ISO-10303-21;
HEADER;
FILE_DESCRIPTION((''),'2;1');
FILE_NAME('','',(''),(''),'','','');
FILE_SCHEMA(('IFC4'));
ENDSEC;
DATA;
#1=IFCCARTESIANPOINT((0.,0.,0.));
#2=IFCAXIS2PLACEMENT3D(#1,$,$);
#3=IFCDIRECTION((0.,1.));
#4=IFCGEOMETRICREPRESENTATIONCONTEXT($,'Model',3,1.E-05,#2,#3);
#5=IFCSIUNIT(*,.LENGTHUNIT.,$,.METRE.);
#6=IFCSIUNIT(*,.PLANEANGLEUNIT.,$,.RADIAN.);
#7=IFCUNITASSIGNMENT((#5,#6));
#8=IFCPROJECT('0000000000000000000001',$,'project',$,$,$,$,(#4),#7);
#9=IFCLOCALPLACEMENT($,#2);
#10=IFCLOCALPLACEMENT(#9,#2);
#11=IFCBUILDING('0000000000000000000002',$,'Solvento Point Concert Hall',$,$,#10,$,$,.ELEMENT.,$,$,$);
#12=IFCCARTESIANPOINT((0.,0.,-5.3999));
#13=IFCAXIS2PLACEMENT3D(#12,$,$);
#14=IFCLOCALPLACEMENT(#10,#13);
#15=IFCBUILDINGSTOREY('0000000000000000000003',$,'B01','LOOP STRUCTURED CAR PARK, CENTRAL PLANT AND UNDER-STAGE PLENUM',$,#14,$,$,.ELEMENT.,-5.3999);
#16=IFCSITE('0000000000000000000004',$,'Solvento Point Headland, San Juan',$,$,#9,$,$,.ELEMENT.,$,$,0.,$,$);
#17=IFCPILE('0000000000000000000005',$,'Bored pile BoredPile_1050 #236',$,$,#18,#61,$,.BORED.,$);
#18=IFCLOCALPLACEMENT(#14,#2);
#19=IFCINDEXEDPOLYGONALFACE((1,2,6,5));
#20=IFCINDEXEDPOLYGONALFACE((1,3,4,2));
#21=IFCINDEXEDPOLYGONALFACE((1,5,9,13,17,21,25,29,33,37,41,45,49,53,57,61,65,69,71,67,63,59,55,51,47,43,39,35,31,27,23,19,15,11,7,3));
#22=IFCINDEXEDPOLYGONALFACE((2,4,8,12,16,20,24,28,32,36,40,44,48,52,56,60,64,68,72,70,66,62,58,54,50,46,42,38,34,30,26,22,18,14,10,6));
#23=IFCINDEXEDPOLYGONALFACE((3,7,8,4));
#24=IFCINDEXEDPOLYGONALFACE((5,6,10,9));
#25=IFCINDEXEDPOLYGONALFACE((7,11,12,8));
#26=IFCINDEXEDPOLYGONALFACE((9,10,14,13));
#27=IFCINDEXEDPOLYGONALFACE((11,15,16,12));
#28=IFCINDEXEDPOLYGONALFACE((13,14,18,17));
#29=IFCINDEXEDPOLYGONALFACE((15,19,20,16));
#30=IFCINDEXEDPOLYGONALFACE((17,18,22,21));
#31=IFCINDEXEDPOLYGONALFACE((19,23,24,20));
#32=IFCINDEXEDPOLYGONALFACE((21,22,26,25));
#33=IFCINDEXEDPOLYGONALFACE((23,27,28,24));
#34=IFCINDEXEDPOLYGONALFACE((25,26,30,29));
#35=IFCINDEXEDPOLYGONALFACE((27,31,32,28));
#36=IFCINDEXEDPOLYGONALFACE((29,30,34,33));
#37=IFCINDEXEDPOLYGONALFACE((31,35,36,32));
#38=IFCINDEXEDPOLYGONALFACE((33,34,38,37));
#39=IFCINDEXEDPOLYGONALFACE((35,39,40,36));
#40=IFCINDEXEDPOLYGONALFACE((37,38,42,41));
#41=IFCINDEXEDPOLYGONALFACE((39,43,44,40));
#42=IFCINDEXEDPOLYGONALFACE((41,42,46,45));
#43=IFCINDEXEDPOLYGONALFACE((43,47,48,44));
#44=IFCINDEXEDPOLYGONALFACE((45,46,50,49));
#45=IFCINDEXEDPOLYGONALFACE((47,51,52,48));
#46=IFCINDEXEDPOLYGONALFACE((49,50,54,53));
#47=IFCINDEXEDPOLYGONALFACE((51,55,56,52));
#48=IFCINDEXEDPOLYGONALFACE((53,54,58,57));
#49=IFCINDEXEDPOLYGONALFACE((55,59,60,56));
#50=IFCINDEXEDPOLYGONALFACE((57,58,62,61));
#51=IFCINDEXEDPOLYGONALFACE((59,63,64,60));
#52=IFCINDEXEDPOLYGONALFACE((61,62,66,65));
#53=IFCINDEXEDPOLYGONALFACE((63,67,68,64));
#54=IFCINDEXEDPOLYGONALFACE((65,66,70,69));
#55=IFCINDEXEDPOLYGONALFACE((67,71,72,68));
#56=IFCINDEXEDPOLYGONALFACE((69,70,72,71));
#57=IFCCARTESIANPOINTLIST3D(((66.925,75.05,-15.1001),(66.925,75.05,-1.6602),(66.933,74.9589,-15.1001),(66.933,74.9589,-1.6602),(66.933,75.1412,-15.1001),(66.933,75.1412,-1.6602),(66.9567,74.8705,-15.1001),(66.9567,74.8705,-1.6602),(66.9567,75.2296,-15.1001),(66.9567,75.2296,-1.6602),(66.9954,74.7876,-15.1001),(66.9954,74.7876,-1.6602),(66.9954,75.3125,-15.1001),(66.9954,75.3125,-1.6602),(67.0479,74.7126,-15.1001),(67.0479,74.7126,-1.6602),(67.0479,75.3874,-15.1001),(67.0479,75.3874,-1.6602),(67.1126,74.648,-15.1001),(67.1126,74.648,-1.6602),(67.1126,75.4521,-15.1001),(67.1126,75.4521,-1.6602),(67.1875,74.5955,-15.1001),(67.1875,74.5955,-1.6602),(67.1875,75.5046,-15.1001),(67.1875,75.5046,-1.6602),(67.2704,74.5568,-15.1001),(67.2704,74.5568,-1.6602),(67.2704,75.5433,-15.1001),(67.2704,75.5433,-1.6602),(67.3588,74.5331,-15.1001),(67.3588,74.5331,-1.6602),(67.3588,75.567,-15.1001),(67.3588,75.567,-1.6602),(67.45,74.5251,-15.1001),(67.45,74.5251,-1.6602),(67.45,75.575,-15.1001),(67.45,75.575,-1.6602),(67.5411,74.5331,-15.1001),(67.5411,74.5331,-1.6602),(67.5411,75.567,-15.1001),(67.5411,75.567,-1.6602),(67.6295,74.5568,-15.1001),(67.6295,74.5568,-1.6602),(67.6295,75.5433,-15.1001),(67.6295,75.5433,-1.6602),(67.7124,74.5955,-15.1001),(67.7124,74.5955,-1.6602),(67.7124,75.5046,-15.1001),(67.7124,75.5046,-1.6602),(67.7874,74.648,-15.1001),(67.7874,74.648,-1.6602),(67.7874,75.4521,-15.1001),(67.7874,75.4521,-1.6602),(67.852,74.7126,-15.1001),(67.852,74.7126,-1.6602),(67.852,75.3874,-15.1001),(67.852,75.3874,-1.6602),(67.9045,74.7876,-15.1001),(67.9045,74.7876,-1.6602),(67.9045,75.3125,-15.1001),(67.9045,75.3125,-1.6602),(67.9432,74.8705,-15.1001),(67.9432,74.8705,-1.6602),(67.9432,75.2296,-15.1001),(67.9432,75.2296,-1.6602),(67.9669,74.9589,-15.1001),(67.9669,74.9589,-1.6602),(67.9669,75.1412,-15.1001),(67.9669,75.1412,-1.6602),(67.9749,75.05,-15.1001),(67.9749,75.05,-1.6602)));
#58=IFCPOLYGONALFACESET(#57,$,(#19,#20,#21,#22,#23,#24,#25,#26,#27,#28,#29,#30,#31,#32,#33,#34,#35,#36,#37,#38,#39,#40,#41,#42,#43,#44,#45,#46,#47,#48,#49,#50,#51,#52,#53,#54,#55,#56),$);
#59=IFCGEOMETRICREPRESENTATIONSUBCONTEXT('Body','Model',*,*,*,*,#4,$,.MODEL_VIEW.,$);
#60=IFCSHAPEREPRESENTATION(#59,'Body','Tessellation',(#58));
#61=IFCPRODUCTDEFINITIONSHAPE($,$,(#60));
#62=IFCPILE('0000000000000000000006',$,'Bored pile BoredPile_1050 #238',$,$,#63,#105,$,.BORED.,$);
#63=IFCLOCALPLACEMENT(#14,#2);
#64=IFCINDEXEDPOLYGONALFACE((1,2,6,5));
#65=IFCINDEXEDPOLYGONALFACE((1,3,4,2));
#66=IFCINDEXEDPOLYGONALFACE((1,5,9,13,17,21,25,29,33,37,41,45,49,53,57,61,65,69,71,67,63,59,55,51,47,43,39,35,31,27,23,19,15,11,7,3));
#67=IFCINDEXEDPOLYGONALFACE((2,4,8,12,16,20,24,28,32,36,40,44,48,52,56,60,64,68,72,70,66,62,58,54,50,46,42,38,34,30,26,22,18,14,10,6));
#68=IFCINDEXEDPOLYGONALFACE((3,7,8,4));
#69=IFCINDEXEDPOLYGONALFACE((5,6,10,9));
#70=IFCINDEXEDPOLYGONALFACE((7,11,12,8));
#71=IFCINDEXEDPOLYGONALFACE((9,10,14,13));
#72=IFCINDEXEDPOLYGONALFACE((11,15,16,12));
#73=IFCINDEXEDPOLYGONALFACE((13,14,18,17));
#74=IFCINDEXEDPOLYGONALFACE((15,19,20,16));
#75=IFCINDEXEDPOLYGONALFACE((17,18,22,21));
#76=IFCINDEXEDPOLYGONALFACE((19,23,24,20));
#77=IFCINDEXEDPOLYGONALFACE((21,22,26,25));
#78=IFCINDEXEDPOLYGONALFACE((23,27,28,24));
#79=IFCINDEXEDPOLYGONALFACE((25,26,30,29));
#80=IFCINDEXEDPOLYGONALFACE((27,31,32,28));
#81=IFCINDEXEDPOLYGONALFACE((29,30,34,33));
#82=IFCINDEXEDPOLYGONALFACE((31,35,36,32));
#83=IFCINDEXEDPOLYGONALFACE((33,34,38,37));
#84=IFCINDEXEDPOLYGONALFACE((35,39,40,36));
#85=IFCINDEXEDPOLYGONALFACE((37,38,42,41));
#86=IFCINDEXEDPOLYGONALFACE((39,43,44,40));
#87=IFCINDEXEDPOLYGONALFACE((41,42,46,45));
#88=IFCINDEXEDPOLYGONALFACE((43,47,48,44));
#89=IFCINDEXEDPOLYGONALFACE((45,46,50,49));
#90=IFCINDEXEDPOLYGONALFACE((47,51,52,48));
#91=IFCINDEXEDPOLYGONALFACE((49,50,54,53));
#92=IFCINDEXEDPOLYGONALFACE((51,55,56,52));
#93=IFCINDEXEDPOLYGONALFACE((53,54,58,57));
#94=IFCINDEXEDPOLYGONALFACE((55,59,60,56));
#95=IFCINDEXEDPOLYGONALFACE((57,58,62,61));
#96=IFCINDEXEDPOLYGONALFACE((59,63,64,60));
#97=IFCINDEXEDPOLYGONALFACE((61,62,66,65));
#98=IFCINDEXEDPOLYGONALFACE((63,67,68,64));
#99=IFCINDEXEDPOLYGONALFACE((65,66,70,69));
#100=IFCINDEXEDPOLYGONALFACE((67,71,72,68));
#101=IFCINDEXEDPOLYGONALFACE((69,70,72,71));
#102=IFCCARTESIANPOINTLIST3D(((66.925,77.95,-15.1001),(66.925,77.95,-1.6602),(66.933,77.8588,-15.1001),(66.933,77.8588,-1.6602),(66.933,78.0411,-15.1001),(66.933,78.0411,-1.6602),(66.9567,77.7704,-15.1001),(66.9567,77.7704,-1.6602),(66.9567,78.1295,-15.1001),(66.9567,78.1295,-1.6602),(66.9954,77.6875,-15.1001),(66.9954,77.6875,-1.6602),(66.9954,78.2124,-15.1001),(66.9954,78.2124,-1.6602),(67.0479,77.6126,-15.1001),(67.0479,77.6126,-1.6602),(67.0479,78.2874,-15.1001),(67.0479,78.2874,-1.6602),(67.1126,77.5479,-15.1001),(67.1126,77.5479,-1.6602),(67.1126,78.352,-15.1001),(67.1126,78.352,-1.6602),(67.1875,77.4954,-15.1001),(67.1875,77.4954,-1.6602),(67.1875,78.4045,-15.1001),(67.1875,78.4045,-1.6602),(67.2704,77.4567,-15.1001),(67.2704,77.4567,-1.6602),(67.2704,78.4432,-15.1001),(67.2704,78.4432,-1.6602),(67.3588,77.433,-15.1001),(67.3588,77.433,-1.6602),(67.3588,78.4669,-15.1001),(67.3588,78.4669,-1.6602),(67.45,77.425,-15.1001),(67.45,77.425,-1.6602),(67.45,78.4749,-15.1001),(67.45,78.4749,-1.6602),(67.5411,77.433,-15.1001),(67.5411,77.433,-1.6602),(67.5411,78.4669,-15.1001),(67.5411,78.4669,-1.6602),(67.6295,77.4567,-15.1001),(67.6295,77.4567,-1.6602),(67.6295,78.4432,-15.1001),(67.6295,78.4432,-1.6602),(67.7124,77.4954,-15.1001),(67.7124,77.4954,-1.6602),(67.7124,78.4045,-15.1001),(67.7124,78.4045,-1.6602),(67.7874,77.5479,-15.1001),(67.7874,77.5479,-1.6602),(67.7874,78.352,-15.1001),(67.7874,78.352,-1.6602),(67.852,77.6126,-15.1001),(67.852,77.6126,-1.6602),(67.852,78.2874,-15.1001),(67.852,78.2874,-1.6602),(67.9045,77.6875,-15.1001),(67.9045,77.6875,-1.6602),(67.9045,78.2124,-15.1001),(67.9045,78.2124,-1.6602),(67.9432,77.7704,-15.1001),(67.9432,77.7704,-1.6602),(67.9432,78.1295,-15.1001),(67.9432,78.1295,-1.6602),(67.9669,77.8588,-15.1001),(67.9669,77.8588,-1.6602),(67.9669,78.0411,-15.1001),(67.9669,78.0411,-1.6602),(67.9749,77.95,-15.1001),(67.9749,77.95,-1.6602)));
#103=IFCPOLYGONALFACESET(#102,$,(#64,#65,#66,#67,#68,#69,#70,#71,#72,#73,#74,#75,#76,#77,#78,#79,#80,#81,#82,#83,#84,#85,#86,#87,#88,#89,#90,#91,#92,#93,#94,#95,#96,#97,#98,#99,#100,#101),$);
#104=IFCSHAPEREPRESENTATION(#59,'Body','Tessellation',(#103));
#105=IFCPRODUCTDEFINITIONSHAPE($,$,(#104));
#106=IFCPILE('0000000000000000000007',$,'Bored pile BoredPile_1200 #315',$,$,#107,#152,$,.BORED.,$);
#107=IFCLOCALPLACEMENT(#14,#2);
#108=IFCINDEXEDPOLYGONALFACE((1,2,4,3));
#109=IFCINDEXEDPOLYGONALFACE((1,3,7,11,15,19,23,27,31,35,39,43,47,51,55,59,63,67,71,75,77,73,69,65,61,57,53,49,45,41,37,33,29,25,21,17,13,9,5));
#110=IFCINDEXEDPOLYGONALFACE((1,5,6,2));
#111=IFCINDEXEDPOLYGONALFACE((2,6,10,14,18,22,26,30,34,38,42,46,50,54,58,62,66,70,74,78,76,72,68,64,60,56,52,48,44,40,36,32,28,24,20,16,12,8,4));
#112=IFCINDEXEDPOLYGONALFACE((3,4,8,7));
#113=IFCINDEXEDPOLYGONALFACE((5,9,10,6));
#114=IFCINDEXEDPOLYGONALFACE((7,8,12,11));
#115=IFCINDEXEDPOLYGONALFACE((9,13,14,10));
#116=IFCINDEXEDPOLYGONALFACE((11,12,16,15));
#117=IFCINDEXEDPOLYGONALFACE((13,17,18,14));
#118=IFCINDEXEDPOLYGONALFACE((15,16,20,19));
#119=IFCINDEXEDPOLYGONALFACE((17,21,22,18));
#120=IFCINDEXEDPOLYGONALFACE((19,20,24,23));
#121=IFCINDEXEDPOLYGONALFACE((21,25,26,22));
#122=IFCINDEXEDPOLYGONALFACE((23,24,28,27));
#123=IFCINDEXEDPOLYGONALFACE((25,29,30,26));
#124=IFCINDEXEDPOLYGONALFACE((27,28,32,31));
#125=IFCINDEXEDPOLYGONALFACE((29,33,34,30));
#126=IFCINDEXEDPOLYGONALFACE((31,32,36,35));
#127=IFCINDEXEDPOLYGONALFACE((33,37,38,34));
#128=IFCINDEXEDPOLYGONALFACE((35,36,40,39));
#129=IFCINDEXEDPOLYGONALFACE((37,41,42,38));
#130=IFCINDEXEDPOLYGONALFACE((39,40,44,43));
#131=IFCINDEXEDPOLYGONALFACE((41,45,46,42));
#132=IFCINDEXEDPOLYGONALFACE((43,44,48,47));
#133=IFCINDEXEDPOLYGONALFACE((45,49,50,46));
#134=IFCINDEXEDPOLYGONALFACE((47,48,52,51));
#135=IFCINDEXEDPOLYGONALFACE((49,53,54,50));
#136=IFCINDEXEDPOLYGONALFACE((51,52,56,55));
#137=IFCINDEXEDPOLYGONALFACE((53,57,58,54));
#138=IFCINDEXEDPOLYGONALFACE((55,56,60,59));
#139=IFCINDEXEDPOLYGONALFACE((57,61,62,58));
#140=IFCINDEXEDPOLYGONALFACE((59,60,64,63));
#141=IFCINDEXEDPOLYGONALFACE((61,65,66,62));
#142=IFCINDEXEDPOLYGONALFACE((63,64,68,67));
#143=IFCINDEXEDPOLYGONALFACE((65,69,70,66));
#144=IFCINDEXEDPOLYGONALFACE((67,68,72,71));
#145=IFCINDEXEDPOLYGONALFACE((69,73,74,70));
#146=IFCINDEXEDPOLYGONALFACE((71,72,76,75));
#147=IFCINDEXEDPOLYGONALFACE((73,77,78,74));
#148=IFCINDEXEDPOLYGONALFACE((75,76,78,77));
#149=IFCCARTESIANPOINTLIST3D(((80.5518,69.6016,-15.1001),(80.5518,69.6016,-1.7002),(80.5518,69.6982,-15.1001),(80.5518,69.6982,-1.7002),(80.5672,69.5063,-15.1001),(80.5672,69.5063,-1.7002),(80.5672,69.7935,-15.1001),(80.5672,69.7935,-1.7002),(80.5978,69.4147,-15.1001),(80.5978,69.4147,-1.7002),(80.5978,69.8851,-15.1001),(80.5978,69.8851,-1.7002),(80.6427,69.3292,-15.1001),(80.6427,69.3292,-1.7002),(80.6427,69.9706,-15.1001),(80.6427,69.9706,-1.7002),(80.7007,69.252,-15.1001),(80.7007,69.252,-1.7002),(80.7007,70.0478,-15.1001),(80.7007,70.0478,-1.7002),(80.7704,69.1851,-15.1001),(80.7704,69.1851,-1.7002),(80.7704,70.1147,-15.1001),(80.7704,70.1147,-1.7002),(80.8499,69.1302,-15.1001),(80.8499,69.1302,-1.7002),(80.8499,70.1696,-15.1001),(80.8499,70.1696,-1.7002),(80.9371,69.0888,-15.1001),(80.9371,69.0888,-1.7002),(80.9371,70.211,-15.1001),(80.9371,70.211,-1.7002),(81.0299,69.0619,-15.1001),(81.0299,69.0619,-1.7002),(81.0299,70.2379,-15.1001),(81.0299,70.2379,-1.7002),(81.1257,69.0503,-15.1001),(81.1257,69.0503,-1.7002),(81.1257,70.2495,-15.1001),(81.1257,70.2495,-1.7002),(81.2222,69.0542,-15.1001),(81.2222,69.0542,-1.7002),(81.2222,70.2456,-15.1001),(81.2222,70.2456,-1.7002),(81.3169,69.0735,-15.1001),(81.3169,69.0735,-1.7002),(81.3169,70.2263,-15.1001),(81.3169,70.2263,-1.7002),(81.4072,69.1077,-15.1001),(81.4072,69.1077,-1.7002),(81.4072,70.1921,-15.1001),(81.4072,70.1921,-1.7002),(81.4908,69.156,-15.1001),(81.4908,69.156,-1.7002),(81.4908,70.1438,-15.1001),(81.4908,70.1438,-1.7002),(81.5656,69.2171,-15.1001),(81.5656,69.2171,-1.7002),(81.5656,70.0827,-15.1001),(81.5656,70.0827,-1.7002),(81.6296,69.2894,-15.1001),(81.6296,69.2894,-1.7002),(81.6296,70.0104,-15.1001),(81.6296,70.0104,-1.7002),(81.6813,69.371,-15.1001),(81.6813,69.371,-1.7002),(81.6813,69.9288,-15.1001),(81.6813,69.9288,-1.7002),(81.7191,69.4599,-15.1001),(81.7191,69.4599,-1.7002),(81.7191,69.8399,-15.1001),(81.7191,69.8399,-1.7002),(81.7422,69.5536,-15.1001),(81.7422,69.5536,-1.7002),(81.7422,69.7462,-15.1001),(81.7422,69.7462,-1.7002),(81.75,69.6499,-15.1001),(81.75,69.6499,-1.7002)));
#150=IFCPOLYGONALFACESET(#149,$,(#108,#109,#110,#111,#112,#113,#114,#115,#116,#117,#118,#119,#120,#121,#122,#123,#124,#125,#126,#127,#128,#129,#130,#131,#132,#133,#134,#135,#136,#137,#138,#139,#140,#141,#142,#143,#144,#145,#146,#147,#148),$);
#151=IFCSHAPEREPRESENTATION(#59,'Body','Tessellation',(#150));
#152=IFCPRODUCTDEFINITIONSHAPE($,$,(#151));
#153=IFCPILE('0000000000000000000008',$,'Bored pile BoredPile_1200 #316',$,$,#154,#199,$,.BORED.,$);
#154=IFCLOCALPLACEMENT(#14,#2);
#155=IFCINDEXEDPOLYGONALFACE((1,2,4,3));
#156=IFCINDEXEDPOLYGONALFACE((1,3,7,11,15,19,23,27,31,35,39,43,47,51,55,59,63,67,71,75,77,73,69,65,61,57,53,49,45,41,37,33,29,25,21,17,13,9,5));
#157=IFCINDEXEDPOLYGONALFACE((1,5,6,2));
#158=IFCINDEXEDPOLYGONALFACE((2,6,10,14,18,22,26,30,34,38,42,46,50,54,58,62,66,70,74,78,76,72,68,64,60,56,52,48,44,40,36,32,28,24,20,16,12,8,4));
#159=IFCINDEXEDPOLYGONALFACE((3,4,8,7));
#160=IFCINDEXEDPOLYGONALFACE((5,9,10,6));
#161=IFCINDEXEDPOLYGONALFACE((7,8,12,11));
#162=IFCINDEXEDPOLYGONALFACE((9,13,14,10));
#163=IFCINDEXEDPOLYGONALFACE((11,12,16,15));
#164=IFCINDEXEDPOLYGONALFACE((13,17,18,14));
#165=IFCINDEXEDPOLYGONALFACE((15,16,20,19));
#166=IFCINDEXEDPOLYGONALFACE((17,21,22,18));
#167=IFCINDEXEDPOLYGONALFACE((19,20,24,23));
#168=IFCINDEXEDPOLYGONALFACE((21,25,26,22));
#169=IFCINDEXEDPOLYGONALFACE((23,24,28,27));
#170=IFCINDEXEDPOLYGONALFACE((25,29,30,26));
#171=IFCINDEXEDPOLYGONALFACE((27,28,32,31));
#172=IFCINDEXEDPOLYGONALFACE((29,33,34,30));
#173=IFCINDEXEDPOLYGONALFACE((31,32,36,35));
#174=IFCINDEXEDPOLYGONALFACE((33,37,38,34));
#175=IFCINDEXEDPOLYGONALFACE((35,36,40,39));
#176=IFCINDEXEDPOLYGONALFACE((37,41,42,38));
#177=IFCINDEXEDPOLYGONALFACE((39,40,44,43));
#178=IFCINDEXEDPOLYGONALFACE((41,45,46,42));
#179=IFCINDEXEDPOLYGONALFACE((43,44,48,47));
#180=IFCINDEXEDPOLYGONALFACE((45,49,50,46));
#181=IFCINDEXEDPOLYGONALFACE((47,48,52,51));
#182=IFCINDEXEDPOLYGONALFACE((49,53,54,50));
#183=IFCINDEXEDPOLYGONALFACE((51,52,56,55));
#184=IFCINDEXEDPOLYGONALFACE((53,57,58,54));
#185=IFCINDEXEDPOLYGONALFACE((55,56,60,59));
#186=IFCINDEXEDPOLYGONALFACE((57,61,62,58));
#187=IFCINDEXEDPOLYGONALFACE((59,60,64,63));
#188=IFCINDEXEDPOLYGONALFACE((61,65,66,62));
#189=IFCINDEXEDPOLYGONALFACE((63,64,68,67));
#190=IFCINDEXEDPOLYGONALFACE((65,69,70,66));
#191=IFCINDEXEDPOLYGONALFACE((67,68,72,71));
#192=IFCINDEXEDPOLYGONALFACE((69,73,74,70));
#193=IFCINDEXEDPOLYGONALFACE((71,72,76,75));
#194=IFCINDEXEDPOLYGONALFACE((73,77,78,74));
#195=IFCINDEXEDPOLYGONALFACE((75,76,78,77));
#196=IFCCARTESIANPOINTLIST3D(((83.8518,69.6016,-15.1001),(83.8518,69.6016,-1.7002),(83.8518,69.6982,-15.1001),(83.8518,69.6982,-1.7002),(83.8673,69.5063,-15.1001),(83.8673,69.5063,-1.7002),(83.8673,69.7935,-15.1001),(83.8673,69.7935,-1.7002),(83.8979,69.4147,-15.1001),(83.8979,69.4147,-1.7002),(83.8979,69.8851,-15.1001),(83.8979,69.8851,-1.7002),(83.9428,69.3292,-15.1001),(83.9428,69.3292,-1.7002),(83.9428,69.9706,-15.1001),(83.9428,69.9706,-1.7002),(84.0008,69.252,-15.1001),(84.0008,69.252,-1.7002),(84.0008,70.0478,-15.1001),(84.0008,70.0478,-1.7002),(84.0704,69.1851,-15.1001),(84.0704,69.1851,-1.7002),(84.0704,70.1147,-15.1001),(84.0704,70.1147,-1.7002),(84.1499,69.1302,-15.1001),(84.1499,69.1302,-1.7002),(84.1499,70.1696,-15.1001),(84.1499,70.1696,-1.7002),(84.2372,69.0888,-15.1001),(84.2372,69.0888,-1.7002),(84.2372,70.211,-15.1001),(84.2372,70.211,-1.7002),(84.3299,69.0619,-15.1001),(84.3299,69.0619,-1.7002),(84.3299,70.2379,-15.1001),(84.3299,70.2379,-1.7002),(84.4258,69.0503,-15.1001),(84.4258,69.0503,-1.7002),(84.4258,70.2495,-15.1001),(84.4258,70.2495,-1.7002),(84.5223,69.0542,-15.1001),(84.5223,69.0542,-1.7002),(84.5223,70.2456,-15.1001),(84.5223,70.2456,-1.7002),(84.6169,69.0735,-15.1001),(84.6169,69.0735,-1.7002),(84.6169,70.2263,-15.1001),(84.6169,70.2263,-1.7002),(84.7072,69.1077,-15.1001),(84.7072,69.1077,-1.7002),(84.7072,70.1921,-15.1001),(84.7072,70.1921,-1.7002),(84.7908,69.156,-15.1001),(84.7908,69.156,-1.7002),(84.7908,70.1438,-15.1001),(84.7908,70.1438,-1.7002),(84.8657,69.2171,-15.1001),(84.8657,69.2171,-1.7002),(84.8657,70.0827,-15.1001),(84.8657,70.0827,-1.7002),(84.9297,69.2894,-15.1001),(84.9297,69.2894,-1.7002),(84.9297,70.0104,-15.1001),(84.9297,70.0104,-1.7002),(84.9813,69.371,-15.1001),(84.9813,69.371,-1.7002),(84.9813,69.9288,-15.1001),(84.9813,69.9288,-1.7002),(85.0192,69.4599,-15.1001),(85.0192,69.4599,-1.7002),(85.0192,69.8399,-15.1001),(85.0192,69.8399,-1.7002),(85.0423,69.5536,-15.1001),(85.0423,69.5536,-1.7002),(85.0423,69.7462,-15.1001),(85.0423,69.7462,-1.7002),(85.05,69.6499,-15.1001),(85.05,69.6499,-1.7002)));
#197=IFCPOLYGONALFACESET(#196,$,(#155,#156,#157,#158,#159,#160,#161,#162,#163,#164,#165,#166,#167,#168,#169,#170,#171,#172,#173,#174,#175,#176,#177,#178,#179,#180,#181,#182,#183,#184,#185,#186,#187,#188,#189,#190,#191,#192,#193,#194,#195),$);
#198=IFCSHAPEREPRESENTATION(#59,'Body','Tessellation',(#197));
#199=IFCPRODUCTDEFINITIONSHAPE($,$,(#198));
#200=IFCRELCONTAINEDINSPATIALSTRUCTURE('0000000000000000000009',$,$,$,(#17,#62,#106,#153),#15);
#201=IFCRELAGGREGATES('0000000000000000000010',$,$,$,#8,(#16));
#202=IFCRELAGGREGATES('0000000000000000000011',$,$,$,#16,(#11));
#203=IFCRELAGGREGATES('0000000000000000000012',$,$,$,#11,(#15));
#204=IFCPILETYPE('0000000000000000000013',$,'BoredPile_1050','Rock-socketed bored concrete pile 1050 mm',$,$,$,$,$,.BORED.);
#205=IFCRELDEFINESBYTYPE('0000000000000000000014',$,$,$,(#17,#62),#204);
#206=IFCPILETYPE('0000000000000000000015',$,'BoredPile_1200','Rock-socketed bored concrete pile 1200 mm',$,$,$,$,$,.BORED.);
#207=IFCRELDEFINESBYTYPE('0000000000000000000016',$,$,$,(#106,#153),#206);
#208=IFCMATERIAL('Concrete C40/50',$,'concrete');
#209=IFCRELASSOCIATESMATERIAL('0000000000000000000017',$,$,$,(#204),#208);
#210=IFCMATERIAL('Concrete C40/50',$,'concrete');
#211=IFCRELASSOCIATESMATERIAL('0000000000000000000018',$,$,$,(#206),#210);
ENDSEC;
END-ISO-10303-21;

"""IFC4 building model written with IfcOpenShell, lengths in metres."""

from ifc_helpers import new_model, si_unit, direction, frame, origin, origin_2d, place, context, subcontext, project, spatial, circle, extrude, material, material_profile, profile_set, type_object, element, save


model = new_model("IFC4")

# Units and contexts
model_context = context("Model", 3, precision=1e-05, world=origin(), true_north=direction((0.0, 1.0)))
body_context = subcontext(model_context, "Body", "Model", "MODEL_VIEW")
ifc_project = project(units=[si_unit("LENGTHUNIT", "METRE"), si_unit("PLANEANGLEUNIT", "RADIAN")], contexts=[model_context])

# Site, building, storey
site_placement = place(None, origin())
site = spatial("IfcSite", under=ifc_project, at=site_placement, Name="Solvento Point Headland, San Juan", CompositionType="ELEMENT", RefElevation=0.0)
building_placement = place(site_placement, origin())
building = spatial("IfcBuilding", under=site, at=building_placement, Name="Solvento Point Concert Hall", CompositionType="ELEMENT")
storey_placement = place(building_placement, frame((0.0, 0.0, -5.3999)))
storey = spatial("IfcBuildingStorey", under=building, at=storey_placement, Name="B01", Description="LOOP STRUCTURED CAR PARK, CENTRAL PLANT AND UNDER-STAGE PLENUM", CompositionType="ELEMENT", Elevation=-5.3999)

# Piles
ifc_material_1 = material(Name="Concrete C40/50", Category="concrete")
ifc_material_profile_1 = material_profile(ifc_material_1, circle(Radius=0.5249, at=origin_2d()), Name="BP-1050")
ifc_profile_set_1 = profile_set([ifc_material_profile_1], Name="Concrete C40/50")
pile_type_1 = type_object("IfcPileType", Name="BoredPile_1050", Description="Rock-socketed bored concrete pile 1050 mm", PredefinedType="BORED", material=ifc_profile_set_1)
for number, where, z_axis, x_axis, name in (
    (1, (67.45, 75.05, -1.6602), (0.0, 0.0, -1.0), (1.0, 0.0, 0.0), "Bored pile BoredPile_1050 #236"),
    (2, (67.45, 77.95, -1.6602), (0.0, 0.0, -1.0), (1.0, 0.0, 0.0), "Bored pile BoredPile_1050 #238"),
):
    element("IfcPile", number, at=place(storey_placement, frame(where, z_axis=z_axis, x_axis=x_axis)), inside=storey, type_object=pile_type_1, Name=name, PredefinedType="BORED", context=body_context, shape_type="SweptSolid", body=[
        extrude(circle(Radius=0.5249, at=origin_2d()), origin(), (0.0, 0.0, 1.0), 13.4399),
    ])
ifc_material_2 = material(Name="Concrete C40/50", Category="concrete")
ifc_material_profile_2 = material_profile(ifc_material_2, circle(Radius=0.6001, at=origin_2d()), Name="BP-1200")
ifc_profile_set_2 = profile_set([ifc_material_profile_2], Name="Concrete C40/50")
pile_type_2 = type_object("IfcPileType", Name="BoredPile_1200", Description="Rock-socketed bored concrete pile 1200 mm", PredefinedType="BORED", material=ifc_profile_set_2)
for number, where, z_axis, x_axis, name in (
    (3, (81.1499, 69.6499, -1.7002), (0.0, 0.0, -1.0), (1.0, 0.0, 0.0), "Bored pile BoredPile_1200 #315"),
    (4, (84.45, 69.6499, -1.7002), (0.0, 0.0, -1.0), (1.0, 0.0, 0.0), "Bored pile BoredPile_1200 #316"),
):
    element("IfcPile", number, at=place(storey_placement, frame(where, z_axis=z_axis, x_axis=x_axis)), inside=storey, type_object=pile_type_2, Name=name, PredefinedType="BORED", context=body_context, shape_type="SweptSolid", body=[
        extrude(circle(Radius=0.6001, at=origin_2d()), origin(), (0.0, 0.0, 1.0), 13.3999),
    ])

save(model, "model.ifc")
